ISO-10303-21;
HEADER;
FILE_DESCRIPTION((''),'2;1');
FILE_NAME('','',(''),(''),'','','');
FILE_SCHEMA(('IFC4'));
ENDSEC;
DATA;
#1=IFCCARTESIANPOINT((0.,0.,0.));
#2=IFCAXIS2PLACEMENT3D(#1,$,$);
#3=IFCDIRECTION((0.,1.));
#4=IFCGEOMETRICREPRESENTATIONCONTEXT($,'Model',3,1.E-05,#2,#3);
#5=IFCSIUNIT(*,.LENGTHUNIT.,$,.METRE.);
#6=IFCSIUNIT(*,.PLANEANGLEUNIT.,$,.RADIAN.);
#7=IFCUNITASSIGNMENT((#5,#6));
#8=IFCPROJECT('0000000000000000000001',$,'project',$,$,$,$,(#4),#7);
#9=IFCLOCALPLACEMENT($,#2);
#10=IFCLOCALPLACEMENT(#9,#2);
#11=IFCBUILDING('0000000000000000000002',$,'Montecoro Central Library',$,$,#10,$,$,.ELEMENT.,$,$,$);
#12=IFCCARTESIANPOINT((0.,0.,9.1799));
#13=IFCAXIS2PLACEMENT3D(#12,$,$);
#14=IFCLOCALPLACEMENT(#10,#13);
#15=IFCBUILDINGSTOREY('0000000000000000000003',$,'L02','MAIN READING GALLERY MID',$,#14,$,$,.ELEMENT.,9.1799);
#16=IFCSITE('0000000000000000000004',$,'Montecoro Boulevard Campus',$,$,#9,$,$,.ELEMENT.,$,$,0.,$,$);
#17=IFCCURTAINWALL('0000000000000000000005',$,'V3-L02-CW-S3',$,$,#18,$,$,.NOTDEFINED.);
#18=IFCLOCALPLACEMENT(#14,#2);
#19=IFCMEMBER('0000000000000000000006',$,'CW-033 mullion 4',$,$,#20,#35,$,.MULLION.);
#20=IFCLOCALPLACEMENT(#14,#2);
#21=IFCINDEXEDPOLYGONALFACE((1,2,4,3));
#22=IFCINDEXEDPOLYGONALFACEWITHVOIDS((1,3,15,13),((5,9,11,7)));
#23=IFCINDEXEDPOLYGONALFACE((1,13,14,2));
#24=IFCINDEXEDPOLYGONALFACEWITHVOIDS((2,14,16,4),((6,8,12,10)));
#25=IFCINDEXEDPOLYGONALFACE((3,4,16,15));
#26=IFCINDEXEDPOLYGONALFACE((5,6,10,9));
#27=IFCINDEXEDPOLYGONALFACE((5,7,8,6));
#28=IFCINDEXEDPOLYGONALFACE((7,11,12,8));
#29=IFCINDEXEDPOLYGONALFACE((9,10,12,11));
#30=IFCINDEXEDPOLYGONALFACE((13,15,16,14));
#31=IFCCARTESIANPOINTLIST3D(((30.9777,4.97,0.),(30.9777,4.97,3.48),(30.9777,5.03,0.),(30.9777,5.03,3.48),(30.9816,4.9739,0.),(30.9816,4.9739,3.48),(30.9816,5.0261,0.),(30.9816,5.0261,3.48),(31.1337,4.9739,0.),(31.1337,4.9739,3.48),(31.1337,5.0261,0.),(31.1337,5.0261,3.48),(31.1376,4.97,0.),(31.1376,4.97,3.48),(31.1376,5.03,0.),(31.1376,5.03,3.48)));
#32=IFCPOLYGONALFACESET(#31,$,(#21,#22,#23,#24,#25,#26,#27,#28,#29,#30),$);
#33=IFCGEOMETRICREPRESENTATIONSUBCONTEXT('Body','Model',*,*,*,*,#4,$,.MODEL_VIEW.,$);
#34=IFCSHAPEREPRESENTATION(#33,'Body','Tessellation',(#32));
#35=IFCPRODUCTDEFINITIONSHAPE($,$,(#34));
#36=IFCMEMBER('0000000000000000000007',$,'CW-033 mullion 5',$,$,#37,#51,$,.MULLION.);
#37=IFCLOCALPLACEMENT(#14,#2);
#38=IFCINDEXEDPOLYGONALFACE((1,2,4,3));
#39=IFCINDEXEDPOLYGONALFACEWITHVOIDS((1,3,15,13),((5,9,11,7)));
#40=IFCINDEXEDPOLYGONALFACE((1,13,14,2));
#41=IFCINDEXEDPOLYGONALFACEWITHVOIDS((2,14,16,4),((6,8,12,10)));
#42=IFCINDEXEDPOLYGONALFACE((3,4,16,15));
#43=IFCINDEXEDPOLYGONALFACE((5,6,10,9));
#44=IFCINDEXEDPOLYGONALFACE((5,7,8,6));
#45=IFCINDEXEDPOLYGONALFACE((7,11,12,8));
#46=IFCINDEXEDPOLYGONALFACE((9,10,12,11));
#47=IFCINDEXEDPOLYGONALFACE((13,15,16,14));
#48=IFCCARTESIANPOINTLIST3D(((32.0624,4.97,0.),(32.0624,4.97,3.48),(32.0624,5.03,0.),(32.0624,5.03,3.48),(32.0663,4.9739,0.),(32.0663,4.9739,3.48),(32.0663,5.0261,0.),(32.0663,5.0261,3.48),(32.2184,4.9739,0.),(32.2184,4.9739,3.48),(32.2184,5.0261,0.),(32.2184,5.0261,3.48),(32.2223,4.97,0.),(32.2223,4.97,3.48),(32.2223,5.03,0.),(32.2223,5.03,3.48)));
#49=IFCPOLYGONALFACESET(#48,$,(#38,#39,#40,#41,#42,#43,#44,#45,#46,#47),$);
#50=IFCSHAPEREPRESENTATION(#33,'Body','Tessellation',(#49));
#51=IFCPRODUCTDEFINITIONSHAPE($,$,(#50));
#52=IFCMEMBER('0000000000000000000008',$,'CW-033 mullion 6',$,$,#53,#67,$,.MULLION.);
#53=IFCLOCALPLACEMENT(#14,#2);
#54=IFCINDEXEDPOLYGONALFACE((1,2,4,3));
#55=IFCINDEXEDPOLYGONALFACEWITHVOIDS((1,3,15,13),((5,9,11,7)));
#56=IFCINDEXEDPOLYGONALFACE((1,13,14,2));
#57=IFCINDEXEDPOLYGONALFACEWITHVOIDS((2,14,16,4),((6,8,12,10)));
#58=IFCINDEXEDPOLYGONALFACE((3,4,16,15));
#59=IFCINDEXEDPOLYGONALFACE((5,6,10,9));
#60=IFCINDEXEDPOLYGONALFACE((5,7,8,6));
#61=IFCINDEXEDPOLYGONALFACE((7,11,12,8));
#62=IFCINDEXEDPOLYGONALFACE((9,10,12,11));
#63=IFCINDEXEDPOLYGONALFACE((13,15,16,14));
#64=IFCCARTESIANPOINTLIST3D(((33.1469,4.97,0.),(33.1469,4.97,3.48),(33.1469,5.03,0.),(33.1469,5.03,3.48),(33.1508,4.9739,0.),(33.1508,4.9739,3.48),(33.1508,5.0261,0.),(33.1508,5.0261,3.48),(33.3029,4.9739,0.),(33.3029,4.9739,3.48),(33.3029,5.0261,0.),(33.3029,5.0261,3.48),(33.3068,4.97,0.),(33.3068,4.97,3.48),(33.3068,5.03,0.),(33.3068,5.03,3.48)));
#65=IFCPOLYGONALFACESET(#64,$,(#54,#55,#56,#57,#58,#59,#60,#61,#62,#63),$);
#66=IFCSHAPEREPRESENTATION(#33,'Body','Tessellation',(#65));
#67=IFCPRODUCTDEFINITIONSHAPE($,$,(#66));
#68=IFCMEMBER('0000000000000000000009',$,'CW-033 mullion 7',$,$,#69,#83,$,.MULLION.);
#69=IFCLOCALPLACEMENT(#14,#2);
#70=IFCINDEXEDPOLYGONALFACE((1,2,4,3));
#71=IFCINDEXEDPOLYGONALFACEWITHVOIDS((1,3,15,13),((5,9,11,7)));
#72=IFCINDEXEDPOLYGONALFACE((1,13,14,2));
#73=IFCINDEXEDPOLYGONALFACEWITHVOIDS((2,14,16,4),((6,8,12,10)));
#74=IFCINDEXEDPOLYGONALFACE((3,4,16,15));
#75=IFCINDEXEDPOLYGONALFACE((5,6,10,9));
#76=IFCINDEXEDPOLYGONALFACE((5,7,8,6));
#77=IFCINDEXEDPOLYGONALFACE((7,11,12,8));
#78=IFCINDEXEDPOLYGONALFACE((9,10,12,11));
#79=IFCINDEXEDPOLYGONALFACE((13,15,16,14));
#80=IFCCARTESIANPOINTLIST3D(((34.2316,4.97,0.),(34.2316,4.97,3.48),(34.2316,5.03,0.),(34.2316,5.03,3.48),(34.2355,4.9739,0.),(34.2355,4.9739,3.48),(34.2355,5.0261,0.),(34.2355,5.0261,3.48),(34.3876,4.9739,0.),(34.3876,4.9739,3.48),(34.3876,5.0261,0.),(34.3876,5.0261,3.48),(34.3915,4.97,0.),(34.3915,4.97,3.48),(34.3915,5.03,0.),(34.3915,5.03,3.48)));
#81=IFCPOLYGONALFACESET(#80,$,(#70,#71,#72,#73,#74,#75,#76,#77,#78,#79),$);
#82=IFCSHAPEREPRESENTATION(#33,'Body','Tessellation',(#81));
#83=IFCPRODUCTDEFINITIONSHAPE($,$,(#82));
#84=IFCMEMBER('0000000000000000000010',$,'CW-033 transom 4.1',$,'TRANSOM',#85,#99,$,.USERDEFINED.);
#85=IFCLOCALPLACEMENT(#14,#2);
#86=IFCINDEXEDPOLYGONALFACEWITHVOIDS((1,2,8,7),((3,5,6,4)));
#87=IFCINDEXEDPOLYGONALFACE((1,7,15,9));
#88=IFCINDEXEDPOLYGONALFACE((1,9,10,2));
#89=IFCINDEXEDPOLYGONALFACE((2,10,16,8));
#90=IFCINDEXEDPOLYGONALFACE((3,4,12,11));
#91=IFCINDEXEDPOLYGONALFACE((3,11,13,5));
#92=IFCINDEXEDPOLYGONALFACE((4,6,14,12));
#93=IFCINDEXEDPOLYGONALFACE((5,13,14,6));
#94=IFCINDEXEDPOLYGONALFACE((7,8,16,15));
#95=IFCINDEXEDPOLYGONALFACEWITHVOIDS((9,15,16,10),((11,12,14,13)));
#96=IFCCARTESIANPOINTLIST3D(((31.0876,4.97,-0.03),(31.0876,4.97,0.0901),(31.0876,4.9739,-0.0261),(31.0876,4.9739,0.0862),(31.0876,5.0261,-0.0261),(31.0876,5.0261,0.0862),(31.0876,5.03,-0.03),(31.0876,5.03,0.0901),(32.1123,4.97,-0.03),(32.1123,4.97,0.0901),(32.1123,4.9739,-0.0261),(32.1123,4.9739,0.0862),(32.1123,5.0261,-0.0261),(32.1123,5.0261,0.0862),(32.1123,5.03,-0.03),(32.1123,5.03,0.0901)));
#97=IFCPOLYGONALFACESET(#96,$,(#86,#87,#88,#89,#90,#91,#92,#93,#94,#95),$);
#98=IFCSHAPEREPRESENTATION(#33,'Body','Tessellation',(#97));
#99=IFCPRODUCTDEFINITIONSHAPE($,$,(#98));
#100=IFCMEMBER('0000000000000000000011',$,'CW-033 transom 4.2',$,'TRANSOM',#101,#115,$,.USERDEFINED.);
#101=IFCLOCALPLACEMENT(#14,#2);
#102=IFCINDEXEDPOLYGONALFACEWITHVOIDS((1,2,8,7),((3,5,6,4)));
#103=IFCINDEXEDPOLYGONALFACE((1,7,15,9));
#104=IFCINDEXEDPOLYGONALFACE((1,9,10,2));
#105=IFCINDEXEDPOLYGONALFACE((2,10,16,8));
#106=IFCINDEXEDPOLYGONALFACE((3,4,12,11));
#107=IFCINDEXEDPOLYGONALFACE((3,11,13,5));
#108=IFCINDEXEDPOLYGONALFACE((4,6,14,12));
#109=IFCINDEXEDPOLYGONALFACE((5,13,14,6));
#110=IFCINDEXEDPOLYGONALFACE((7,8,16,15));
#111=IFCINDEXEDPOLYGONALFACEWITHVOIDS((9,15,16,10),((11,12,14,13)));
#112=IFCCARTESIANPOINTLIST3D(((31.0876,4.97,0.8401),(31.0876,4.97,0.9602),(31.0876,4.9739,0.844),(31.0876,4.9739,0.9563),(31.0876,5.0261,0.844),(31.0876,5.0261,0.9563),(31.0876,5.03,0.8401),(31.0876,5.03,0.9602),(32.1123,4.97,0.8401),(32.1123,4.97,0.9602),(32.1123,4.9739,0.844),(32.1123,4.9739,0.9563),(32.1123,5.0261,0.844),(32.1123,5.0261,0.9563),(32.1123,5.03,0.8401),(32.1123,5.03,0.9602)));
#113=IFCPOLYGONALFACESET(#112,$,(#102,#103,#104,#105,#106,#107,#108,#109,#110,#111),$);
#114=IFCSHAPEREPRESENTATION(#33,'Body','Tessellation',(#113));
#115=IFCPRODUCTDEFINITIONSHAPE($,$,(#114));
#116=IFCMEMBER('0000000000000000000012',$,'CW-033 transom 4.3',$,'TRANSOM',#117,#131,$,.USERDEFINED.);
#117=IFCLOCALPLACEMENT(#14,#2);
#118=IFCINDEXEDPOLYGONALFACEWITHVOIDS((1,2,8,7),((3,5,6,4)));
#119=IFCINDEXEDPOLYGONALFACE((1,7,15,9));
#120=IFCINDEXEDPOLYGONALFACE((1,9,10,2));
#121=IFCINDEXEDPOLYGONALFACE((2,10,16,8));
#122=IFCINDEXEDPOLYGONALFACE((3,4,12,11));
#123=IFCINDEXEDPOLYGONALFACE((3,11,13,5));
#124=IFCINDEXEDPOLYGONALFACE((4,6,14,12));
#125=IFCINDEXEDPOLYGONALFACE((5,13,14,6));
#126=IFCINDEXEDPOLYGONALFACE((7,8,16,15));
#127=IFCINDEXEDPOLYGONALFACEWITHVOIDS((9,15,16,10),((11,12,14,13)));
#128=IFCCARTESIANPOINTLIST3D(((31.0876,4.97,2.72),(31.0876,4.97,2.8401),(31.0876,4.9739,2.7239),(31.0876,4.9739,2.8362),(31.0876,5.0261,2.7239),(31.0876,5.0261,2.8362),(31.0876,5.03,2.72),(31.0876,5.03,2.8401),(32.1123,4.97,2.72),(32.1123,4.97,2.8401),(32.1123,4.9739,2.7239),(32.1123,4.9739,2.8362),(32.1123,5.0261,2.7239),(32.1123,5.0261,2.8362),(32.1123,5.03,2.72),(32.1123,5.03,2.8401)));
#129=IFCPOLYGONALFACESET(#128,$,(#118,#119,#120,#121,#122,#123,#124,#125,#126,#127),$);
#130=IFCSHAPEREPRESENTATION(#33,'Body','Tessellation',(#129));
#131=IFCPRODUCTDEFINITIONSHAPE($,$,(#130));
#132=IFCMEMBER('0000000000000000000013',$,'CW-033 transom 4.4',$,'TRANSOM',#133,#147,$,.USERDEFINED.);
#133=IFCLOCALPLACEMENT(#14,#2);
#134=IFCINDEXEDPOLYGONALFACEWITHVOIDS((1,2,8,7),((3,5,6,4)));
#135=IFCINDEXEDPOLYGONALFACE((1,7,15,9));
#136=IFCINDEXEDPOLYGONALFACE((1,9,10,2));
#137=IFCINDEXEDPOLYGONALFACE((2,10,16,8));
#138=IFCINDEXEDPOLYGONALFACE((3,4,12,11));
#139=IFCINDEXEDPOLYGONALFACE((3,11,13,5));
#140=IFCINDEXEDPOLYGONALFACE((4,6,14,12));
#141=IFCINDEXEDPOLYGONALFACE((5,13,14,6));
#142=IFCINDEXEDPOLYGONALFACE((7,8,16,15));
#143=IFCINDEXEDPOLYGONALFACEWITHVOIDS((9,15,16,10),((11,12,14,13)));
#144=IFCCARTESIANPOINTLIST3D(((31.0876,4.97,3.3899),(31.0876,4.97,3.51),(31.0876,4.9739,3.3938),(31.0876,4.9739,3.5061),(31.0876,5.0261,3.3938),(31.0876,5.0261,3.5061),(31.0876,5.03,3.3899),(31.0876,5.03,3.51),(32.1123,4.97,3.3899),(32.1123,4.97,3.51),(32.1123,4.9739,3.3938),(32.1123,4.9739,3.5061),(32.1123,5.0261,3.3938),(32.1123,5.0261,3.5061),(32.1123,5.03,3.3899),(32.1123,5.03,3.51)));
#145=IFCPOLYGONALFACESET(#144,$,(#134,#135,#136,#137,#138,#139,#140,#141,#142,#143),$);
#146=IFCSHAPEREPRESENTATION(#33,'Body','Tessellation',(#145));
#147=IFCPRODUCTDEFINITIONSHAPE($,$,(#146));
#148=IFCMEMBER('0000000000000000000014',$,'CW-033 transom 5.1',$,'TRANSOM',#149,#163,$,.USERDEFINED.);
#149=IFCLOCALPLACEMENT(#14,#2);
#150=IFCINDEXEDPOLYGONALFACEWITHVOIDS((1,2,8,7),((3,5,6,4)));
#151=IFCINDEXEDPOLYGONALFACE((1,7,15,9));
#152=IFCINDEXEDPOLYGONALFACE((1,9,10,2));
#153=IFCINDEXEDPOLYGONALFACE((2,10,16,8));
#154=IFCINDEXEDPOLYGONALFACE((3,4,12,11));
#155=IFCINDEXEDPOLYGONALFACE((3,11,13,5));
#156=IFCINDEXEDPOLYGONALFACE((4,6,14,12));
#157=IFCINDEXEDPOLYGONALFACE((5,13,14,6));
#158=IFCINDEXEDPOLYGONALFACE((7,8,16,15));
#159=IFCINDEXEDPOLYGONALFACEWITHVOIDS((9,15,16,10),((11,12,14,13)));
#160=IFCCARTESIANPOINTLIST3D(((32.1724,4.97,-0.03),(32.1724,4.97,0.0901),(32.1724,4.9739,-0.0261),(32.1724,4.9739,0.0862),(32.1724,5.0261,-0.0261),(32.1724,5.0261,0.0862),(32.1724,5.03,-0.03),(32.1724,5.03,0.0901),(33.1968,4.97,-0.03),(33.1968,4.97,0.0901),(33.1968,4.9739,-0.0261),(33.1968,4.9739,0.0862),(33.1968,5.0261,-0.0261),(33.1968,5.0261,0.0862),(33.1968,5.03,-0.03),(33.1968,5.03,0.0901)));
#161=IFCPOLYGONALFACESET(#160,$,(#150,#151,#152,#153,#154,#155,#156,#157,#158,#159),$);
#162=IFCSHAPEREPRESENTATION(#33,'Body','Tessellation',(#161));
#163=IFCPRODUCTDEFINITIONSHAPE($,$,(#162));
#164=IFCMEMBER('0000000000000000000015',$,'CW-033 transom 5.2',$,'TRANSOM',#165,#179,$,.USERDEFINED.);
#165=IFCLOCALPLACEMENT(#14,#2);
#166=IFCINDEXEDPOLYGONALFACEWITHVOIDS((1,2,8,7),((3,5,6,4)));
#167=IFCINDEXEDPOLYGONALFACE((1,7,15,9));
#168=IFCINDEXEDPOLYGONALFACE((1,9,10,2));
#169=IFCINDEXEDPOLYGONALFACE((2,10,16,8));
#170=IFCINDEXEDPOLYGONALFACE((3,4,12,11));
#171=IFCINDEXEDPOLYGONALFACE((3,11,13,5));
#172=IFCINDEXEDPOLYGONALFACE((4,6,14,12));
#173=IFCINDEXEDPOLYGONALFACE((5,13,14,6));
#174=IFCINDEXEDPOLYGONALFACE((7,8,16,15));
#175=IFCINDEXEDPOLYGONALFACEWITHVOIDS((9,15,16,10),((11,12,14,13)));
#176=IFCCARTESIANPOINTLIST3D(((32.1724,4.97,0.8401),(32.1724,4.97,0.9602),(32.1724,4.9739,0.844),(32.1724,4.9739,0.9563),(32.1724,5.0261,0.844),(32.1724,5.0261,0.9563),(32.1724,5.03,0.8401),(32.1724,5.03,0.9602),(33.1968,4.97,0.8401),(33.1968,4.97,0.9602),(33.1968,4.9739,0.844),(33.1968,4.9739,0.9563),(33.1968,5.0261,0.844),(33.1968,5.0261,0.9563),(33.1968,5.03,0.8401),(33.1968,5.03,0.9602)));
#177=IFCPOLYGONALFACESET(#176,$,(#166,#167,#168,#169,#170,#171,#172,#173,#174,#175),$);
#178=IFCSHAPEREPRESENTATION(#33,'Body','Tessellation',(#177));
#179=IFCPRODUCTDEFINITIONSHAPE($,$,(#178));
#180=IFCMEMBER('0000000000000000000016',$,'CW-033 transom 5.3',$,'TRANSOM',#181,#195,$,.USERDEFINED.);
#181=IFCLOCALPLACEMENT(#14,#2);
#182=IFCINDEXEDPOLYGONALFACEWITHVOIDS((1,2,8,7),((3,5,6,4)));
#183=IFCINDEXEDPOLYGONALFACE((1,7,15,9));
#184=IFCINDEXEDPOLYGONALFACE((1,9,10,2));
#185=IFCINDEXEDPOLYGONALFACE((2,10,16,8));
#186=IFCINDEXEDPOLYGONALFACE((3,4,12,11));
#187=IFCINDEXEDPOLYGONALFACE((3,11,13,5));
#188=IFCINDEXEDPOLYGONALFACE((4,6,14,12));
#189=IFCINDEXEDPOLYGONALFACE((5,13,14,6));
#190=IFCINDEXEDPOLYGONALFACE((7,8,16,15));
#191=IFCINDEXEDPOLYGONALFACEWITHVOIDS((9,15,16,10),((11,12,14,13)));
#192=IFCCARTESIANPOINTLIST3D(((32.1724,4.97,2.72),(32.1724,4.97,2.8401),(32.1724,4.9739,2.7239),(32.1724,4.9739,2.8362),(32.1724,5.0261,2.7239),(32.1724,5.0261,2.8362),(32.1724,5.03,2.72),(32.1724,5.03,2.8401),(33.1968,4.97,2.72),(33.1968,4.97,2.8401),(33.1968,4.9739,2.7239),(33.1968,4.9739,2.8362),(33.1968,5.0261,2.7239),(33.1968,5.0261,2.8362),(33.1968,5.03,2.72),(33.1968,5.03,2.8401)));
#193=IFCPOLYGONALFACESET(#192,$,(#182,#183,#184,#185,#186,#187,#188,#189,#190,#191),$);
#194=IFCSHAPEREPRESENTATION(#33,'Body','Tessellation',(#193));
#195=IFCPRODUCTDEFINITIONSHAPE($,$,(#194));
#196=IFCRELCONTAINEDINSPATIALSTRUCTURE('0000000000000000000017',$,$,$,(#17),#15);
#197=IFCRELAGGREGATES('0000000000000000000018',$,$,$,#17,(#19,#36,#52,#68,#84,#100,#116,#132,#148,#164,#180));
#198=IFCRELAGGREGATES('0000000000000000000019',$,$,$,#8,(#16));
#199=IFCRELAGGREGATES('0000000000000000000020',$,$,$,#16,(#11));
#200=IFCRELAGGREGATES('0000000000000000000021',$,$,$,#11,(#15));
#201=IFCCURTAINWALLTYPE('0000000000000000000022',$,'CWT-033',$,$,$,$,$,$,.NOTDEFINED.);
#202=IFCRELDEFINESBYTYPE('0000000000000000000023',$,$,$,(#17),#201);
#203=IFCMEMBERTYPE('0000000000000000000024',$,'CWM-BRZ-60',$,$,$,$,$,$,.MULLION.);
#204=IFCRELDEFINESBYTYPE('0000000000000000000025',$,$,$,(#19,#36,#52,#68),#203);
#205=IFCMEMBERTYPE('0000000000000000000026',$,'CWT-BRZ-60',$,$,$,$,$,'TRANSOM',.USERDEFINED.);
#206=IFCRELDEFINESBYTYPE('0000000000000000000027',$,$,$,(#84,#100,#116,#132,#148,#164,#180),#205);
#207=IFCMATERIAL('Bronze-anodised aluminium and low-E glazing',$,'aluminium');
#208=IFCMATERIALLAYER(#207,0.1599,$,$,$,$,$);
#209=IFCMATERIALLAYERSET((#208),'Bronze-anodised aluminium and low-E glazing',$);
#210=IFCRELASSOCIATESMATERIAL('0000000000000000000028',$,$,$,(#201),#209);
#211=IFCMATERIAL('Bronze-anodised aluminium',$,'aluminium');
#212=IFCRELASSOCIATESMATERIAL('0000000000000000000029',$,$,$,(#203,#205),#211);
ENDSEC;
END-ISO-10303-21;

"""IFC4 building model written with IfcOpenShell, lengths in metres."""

from ifc_helpers import new_model, si_unit, direction, frame, origin, origin_2d, place, context, subcontext, project, spatial, hollow_rectangle, extrude, material, layer, layer_set, material_profile, profile_set, type_object, element, aggregate, save


model = new_model("IFC4")

# Units and contexts
model_context = context("Model", 3, precision=1e-05, world=origin(), true_north=direction((0.0, 1.0)))
body_context = subcontext(model_context, "Body", "Model", "MODEL_VIEW")
ifc_project = project(units=[si_unit("LENGTHUNIT", "METRE"), si_unit("PLANEANGLEUNIT", "RADIAN")], contexts=[model_context])

# Site, building, storey
site_placement = place(None, origin())
site = spatial("IfcSite", under=ifc_project, at=site_placement, Name="Montecoro Boulevard Campus", CompositionType="ELEMENT", RefElevation=0.0)
building_placement = place(site_placement, origin())
building = spatial("IfcBuilding", under=site, at=building_placement, Name="Montecoro Central Library", CompositionType="ELEMENT")
storey_placement = place(building_placement, frame((0.0, 0.0, 9.1799)))
storey = spatial("IfcBuildingStorey", under=building, at=storey_placement, Name="L02", Description="MAIN READING GALLERY MID", CompositionType="ELEMENT", Elevation=9.1799)

# Curtain wall, members
ifc_material_1 = material(Name="Bronze-anodised aluminium and low-E glazing", Category="aluminium")
ifc_layer_1 = layer(ifc_material_1, 0.1599)
ifc_layer_set_1 = layer_set([ifc_layer_1], Name="Bronze-anodised aluminium and low-E glazing")
curtain_wall_type = type_object("IfcCurtainWallType", Name="CWT-033", PredefinedType="NOTDEFINED", material=ifc_layer_set_1)
curtain_wall_placement = place(storey_placement, origin())
curtain_wall = element("IfcCurtainWall", 1, at=curtain_wall_placement, inside=storey, type_object=curtain_wall_type, Name="V3-L02-CW-S3", PredefinedType="NOTDEFINED")
ifc_material_2 = material(Name="Bronze-anodised aluminium", Category="aluminium")
ifc_material_profile_1 = material_profile(ifc_material_2, hollow_rectangle(XDim=0.0601, YDim=0.1599, WallThickness=0.0039, at=origin_2d()), Name="CWM 160x60x4.0")
ifc_profile_set_1 = profile_set([ifc_material_profile_1], Name="Bronze-anodised aluminium")
member_type_1 = type_object("IfcMemberType", Name="CWM-BRZ-60", PredefinedType="MULLION", material=ifc_profile_set_1)
member_1_placement = place(storey_placement, frame((31.0576, 5.0, 0.0), z_axis=(0.0, 0.0, 1.0), x_axis=(0.0, 1.0, 0.0)))
member_1 = element("IfcMember", 2, at=member_1_placement, type_object=member_type_1, Name="CW-033 mullion 4", PredefinedType="MULLION", context=body_context, shape_type="SweptSolid", body=[
    extrude(hollow_rectangle(XDim=0.0601, YDim=0.1599, WallThickness=0.0039, at=origin_2d()), origin(), (0.0, 0.0, 1.0), 3.48),
])
member_2_placement = place(storey_placement, frame((32.1423, 5.0, 0.0), z_axis=(0.0, 0.0, 1.0), x_axis=(0.0, 1.0, 0.0)))
member_2 = element("IfcMember", 3, at=member_2_placement, type_object=member_type_1, Name="CW-033 mullion 5", PredefinedType="MULLION", context=body_context, shape_type="SweptSolid", body=[
    extrude(hollow_rectangle(XDim=0.0601, YDim=0.1599, WallThickness=0.0039, at=origin_2d()), origin(), (0.0, 0.0, 1.0), 3.48),
])
member_3_placement = place(storey_placement, frame((33.2268, 5.0, 0.0), z_axis=(0.0, 0.0, 1.0), x_axis=(0.0, 1.0, 0.0)))
member_3 = element("IfcMember", 4, at=member_3_placement, type_object=member_type_1, Name="CW-033 mullion 6", PredefinedType="MULLION", context=body_context, shape_type="SweptSolid", body=[
    extrude(hollow_rectangle(XDim=0.0601, YDim=0.1599, WallThickness=0.0039, at=origin_2d()), origin(), (0.0, 0.0, 1.0), 3.48),
])
member_4_placement = place(storey_placement, frame((34.3115, 5.0, 0.0), z_axis=(0.0, 0.0, 1.0), x_axis=(0.0, 1.0, 0.0)))
member_4 = element("IfcMember", 5, at=member_4_placement, type_object=member_type_1, Name="CW-033 mullion 7", PredefinedType="MULLION", context=body_context, shape_type="SweptSolid", body=[
    extrude(hollow_rectangle(XDim=0.0601, YDim=0.1599, WallThickness=0.0039, at=origin_2d()), origin(), (0.0, 0.0, 1.0), 3.48),
])
ifc_material_profile_2 = material_profile(ifc_material_2, hollow_rectangle(XDim=0.0601, YDim=0.1201, WallThickness=0.0039, at=origin_2d()), Name="CWT 120x60x4.0")
ifc_profile_set_2 = profile_set([ifc_material_profile_2], Name="Bronze-anodised aluminium")
member_type_2 = type_object("IfcMemberType", Name="CWT-BRZ-60", ElementType="TRANSOM", PredefinedType="USERDEFINED", material=ifc_profile_set_2)
member_5_placement = place(storey_placement, frame((31.0876, 5.0, 0.03), z_axis=(1.0, 0.0, 0.0), x_axis=(0.0, 1.0, 0.0)))
member_5 = element("IfcMember", 6, at=member_5_placement, type_object=member_type_2, Name="CW-033 transom 4.1", ObjectType="TRANSOM", PredefinedType="USERDEFINED", context=body_context, shape_type="SweptSolid", body=[
    extrude(hollow_rectangle(XDim=0.0601, YDim=0.1201, WallThickness=0.0039, at=origin_2d()), origin(), (0.0, 0.0, 1.0), 1.0247),
])
member_6_placement = place(storey_placement, frame((31.0876, 5.0, 0.9001), z_axis=(1.0, 0.0, 0.0), x_axis=(0.0, 1.0, 0.0)))
member_6 = element("IfcMember", 7, at=member_6_placement, type_object=member_type_2, Name="CW-033 transom 4.2", ObjectType="TRANSOM", PredefinedType="USERDEFINED", context=body_context, shape_type="SweptSolid", body=[
    extrude(hollow_rectangle(XDim=0.0601, YDim=0.1201, WallThickness=0.0039, at=origin_2d()), origin(), (0.0, 0.0, 1.0), 1.0247),
])
member_7_placement = place(storey_placement, frame((31.0876, 5.0, 2.78), z_axis=(1.0, 0.0, 0.0), x_axis=(0.0, 1.0, 0.0)))
member_7 = element("IfcMember", 8, at=member_7_placement, type_object=member_type_2, Name="CW-033 transom 4.3", ObjectType="TRANSOM", PredefinedType="USERDEFINED", context=body_context, shape_type="SweptSolid", body=[
    extrude(hollow_rectangle(XDim=0.0601, YDim=0.1201, WallThickness=0.0039, at=origin_2d()), origin(), (0.0, 0.0, 1.0), 1.0247),
])
member_8_placement = place(storey_placement, frame((31.0876, 5.0, 3.45), z_axis=(1.0, 0.0, 0.0), x_axis=(0.0, 1.0, 0.0)))
member_8 = element("IfcMember", 9, at=member_8_placement, type_object=member_type_2, Name="CW-033 transom 4.4", ObjectType="TRANSOM", PredefinedType="USERDEFINED", context=body_context, shape_type="SweptSolid", body=[
    extrude(hollow_rectangle(XDim=0.0601, YDim=0.1201, WallThickness=0.0039, at=origin_2d()), origin(), (0.0, 0.0, 1.0), 1.0247),
])
member_9_placement = place(storey_placement, frame((32.1724, 5.0, 0.03), z_axis=(1.0, 0.0, 0.0), x_axis=(0.0, 1.0, 0.0)))
member_9 = element("IfcMember", 10, at=member_9_placement, type_object=member_type_2, Name="CW-033 transom 5.1", ObjectType="TRANSOM", PredefinedType="USERDEFINED", context=body_context, shape_type="SweptSolid", body=[
    extrude(hollow_rectangle(XDim=0.0601, YDim=0.1201, WallThickness=0.0039, at=origin_2d()), origin(), (0.0, 0.0, 1.0), 1.0244),
])
member_10_placement = place(storey_placement, frame((32.1724, 5.0, 0.9001), z_axis=(1.0, 0.0, 0.0), x_axis=(0.0, 1.0, 0.0)))
member_10 = element("IfcMember", 11, at=member_10_placement, type_object=member_type_2, Name="CW-033 transom 5.2", ObjectType="TRANSOM", PredefinedType="USERDEFINED", context=body_context, shape_type="SweptSolid", body=[
    extrude(hollow_rectangle(XDim=0.0601, YDim=0.1201, WallThickness=0.0039, at=origin_2d()), origin(), (0.0, 0.0, 1.0), 1.0244),
])
member_11_placement = place(storey_placement, frame((32.1724, 5.0, 2.78), z_axis=(1.0, 0.0, 0.0), x_axis=(0.0, 1.0, 0.0)))
member_11 = element("IfcMember", 12, at=member_11_placement, type_object=member_type_2, Name="CW-033 transom 5.3", ObjectType="TRANSOM", PredefinedType="USERDEFINED", context=body_context, shape_type="SweptSolid", body=[
    extrude(hollow_rectangle(XDim=0.0601, YDim=0.1201, WallThickness=0.0039, at=origin_2d()), origin(), (0.0, 0.0, 1.0), 1.0244),
])
aggregate(curtain_wall, [member_1, member_2, member_3, member_4, member_5, member_6, member_7, member_8, member_9, member_10, member_11])

save(model, "model.ifc")
